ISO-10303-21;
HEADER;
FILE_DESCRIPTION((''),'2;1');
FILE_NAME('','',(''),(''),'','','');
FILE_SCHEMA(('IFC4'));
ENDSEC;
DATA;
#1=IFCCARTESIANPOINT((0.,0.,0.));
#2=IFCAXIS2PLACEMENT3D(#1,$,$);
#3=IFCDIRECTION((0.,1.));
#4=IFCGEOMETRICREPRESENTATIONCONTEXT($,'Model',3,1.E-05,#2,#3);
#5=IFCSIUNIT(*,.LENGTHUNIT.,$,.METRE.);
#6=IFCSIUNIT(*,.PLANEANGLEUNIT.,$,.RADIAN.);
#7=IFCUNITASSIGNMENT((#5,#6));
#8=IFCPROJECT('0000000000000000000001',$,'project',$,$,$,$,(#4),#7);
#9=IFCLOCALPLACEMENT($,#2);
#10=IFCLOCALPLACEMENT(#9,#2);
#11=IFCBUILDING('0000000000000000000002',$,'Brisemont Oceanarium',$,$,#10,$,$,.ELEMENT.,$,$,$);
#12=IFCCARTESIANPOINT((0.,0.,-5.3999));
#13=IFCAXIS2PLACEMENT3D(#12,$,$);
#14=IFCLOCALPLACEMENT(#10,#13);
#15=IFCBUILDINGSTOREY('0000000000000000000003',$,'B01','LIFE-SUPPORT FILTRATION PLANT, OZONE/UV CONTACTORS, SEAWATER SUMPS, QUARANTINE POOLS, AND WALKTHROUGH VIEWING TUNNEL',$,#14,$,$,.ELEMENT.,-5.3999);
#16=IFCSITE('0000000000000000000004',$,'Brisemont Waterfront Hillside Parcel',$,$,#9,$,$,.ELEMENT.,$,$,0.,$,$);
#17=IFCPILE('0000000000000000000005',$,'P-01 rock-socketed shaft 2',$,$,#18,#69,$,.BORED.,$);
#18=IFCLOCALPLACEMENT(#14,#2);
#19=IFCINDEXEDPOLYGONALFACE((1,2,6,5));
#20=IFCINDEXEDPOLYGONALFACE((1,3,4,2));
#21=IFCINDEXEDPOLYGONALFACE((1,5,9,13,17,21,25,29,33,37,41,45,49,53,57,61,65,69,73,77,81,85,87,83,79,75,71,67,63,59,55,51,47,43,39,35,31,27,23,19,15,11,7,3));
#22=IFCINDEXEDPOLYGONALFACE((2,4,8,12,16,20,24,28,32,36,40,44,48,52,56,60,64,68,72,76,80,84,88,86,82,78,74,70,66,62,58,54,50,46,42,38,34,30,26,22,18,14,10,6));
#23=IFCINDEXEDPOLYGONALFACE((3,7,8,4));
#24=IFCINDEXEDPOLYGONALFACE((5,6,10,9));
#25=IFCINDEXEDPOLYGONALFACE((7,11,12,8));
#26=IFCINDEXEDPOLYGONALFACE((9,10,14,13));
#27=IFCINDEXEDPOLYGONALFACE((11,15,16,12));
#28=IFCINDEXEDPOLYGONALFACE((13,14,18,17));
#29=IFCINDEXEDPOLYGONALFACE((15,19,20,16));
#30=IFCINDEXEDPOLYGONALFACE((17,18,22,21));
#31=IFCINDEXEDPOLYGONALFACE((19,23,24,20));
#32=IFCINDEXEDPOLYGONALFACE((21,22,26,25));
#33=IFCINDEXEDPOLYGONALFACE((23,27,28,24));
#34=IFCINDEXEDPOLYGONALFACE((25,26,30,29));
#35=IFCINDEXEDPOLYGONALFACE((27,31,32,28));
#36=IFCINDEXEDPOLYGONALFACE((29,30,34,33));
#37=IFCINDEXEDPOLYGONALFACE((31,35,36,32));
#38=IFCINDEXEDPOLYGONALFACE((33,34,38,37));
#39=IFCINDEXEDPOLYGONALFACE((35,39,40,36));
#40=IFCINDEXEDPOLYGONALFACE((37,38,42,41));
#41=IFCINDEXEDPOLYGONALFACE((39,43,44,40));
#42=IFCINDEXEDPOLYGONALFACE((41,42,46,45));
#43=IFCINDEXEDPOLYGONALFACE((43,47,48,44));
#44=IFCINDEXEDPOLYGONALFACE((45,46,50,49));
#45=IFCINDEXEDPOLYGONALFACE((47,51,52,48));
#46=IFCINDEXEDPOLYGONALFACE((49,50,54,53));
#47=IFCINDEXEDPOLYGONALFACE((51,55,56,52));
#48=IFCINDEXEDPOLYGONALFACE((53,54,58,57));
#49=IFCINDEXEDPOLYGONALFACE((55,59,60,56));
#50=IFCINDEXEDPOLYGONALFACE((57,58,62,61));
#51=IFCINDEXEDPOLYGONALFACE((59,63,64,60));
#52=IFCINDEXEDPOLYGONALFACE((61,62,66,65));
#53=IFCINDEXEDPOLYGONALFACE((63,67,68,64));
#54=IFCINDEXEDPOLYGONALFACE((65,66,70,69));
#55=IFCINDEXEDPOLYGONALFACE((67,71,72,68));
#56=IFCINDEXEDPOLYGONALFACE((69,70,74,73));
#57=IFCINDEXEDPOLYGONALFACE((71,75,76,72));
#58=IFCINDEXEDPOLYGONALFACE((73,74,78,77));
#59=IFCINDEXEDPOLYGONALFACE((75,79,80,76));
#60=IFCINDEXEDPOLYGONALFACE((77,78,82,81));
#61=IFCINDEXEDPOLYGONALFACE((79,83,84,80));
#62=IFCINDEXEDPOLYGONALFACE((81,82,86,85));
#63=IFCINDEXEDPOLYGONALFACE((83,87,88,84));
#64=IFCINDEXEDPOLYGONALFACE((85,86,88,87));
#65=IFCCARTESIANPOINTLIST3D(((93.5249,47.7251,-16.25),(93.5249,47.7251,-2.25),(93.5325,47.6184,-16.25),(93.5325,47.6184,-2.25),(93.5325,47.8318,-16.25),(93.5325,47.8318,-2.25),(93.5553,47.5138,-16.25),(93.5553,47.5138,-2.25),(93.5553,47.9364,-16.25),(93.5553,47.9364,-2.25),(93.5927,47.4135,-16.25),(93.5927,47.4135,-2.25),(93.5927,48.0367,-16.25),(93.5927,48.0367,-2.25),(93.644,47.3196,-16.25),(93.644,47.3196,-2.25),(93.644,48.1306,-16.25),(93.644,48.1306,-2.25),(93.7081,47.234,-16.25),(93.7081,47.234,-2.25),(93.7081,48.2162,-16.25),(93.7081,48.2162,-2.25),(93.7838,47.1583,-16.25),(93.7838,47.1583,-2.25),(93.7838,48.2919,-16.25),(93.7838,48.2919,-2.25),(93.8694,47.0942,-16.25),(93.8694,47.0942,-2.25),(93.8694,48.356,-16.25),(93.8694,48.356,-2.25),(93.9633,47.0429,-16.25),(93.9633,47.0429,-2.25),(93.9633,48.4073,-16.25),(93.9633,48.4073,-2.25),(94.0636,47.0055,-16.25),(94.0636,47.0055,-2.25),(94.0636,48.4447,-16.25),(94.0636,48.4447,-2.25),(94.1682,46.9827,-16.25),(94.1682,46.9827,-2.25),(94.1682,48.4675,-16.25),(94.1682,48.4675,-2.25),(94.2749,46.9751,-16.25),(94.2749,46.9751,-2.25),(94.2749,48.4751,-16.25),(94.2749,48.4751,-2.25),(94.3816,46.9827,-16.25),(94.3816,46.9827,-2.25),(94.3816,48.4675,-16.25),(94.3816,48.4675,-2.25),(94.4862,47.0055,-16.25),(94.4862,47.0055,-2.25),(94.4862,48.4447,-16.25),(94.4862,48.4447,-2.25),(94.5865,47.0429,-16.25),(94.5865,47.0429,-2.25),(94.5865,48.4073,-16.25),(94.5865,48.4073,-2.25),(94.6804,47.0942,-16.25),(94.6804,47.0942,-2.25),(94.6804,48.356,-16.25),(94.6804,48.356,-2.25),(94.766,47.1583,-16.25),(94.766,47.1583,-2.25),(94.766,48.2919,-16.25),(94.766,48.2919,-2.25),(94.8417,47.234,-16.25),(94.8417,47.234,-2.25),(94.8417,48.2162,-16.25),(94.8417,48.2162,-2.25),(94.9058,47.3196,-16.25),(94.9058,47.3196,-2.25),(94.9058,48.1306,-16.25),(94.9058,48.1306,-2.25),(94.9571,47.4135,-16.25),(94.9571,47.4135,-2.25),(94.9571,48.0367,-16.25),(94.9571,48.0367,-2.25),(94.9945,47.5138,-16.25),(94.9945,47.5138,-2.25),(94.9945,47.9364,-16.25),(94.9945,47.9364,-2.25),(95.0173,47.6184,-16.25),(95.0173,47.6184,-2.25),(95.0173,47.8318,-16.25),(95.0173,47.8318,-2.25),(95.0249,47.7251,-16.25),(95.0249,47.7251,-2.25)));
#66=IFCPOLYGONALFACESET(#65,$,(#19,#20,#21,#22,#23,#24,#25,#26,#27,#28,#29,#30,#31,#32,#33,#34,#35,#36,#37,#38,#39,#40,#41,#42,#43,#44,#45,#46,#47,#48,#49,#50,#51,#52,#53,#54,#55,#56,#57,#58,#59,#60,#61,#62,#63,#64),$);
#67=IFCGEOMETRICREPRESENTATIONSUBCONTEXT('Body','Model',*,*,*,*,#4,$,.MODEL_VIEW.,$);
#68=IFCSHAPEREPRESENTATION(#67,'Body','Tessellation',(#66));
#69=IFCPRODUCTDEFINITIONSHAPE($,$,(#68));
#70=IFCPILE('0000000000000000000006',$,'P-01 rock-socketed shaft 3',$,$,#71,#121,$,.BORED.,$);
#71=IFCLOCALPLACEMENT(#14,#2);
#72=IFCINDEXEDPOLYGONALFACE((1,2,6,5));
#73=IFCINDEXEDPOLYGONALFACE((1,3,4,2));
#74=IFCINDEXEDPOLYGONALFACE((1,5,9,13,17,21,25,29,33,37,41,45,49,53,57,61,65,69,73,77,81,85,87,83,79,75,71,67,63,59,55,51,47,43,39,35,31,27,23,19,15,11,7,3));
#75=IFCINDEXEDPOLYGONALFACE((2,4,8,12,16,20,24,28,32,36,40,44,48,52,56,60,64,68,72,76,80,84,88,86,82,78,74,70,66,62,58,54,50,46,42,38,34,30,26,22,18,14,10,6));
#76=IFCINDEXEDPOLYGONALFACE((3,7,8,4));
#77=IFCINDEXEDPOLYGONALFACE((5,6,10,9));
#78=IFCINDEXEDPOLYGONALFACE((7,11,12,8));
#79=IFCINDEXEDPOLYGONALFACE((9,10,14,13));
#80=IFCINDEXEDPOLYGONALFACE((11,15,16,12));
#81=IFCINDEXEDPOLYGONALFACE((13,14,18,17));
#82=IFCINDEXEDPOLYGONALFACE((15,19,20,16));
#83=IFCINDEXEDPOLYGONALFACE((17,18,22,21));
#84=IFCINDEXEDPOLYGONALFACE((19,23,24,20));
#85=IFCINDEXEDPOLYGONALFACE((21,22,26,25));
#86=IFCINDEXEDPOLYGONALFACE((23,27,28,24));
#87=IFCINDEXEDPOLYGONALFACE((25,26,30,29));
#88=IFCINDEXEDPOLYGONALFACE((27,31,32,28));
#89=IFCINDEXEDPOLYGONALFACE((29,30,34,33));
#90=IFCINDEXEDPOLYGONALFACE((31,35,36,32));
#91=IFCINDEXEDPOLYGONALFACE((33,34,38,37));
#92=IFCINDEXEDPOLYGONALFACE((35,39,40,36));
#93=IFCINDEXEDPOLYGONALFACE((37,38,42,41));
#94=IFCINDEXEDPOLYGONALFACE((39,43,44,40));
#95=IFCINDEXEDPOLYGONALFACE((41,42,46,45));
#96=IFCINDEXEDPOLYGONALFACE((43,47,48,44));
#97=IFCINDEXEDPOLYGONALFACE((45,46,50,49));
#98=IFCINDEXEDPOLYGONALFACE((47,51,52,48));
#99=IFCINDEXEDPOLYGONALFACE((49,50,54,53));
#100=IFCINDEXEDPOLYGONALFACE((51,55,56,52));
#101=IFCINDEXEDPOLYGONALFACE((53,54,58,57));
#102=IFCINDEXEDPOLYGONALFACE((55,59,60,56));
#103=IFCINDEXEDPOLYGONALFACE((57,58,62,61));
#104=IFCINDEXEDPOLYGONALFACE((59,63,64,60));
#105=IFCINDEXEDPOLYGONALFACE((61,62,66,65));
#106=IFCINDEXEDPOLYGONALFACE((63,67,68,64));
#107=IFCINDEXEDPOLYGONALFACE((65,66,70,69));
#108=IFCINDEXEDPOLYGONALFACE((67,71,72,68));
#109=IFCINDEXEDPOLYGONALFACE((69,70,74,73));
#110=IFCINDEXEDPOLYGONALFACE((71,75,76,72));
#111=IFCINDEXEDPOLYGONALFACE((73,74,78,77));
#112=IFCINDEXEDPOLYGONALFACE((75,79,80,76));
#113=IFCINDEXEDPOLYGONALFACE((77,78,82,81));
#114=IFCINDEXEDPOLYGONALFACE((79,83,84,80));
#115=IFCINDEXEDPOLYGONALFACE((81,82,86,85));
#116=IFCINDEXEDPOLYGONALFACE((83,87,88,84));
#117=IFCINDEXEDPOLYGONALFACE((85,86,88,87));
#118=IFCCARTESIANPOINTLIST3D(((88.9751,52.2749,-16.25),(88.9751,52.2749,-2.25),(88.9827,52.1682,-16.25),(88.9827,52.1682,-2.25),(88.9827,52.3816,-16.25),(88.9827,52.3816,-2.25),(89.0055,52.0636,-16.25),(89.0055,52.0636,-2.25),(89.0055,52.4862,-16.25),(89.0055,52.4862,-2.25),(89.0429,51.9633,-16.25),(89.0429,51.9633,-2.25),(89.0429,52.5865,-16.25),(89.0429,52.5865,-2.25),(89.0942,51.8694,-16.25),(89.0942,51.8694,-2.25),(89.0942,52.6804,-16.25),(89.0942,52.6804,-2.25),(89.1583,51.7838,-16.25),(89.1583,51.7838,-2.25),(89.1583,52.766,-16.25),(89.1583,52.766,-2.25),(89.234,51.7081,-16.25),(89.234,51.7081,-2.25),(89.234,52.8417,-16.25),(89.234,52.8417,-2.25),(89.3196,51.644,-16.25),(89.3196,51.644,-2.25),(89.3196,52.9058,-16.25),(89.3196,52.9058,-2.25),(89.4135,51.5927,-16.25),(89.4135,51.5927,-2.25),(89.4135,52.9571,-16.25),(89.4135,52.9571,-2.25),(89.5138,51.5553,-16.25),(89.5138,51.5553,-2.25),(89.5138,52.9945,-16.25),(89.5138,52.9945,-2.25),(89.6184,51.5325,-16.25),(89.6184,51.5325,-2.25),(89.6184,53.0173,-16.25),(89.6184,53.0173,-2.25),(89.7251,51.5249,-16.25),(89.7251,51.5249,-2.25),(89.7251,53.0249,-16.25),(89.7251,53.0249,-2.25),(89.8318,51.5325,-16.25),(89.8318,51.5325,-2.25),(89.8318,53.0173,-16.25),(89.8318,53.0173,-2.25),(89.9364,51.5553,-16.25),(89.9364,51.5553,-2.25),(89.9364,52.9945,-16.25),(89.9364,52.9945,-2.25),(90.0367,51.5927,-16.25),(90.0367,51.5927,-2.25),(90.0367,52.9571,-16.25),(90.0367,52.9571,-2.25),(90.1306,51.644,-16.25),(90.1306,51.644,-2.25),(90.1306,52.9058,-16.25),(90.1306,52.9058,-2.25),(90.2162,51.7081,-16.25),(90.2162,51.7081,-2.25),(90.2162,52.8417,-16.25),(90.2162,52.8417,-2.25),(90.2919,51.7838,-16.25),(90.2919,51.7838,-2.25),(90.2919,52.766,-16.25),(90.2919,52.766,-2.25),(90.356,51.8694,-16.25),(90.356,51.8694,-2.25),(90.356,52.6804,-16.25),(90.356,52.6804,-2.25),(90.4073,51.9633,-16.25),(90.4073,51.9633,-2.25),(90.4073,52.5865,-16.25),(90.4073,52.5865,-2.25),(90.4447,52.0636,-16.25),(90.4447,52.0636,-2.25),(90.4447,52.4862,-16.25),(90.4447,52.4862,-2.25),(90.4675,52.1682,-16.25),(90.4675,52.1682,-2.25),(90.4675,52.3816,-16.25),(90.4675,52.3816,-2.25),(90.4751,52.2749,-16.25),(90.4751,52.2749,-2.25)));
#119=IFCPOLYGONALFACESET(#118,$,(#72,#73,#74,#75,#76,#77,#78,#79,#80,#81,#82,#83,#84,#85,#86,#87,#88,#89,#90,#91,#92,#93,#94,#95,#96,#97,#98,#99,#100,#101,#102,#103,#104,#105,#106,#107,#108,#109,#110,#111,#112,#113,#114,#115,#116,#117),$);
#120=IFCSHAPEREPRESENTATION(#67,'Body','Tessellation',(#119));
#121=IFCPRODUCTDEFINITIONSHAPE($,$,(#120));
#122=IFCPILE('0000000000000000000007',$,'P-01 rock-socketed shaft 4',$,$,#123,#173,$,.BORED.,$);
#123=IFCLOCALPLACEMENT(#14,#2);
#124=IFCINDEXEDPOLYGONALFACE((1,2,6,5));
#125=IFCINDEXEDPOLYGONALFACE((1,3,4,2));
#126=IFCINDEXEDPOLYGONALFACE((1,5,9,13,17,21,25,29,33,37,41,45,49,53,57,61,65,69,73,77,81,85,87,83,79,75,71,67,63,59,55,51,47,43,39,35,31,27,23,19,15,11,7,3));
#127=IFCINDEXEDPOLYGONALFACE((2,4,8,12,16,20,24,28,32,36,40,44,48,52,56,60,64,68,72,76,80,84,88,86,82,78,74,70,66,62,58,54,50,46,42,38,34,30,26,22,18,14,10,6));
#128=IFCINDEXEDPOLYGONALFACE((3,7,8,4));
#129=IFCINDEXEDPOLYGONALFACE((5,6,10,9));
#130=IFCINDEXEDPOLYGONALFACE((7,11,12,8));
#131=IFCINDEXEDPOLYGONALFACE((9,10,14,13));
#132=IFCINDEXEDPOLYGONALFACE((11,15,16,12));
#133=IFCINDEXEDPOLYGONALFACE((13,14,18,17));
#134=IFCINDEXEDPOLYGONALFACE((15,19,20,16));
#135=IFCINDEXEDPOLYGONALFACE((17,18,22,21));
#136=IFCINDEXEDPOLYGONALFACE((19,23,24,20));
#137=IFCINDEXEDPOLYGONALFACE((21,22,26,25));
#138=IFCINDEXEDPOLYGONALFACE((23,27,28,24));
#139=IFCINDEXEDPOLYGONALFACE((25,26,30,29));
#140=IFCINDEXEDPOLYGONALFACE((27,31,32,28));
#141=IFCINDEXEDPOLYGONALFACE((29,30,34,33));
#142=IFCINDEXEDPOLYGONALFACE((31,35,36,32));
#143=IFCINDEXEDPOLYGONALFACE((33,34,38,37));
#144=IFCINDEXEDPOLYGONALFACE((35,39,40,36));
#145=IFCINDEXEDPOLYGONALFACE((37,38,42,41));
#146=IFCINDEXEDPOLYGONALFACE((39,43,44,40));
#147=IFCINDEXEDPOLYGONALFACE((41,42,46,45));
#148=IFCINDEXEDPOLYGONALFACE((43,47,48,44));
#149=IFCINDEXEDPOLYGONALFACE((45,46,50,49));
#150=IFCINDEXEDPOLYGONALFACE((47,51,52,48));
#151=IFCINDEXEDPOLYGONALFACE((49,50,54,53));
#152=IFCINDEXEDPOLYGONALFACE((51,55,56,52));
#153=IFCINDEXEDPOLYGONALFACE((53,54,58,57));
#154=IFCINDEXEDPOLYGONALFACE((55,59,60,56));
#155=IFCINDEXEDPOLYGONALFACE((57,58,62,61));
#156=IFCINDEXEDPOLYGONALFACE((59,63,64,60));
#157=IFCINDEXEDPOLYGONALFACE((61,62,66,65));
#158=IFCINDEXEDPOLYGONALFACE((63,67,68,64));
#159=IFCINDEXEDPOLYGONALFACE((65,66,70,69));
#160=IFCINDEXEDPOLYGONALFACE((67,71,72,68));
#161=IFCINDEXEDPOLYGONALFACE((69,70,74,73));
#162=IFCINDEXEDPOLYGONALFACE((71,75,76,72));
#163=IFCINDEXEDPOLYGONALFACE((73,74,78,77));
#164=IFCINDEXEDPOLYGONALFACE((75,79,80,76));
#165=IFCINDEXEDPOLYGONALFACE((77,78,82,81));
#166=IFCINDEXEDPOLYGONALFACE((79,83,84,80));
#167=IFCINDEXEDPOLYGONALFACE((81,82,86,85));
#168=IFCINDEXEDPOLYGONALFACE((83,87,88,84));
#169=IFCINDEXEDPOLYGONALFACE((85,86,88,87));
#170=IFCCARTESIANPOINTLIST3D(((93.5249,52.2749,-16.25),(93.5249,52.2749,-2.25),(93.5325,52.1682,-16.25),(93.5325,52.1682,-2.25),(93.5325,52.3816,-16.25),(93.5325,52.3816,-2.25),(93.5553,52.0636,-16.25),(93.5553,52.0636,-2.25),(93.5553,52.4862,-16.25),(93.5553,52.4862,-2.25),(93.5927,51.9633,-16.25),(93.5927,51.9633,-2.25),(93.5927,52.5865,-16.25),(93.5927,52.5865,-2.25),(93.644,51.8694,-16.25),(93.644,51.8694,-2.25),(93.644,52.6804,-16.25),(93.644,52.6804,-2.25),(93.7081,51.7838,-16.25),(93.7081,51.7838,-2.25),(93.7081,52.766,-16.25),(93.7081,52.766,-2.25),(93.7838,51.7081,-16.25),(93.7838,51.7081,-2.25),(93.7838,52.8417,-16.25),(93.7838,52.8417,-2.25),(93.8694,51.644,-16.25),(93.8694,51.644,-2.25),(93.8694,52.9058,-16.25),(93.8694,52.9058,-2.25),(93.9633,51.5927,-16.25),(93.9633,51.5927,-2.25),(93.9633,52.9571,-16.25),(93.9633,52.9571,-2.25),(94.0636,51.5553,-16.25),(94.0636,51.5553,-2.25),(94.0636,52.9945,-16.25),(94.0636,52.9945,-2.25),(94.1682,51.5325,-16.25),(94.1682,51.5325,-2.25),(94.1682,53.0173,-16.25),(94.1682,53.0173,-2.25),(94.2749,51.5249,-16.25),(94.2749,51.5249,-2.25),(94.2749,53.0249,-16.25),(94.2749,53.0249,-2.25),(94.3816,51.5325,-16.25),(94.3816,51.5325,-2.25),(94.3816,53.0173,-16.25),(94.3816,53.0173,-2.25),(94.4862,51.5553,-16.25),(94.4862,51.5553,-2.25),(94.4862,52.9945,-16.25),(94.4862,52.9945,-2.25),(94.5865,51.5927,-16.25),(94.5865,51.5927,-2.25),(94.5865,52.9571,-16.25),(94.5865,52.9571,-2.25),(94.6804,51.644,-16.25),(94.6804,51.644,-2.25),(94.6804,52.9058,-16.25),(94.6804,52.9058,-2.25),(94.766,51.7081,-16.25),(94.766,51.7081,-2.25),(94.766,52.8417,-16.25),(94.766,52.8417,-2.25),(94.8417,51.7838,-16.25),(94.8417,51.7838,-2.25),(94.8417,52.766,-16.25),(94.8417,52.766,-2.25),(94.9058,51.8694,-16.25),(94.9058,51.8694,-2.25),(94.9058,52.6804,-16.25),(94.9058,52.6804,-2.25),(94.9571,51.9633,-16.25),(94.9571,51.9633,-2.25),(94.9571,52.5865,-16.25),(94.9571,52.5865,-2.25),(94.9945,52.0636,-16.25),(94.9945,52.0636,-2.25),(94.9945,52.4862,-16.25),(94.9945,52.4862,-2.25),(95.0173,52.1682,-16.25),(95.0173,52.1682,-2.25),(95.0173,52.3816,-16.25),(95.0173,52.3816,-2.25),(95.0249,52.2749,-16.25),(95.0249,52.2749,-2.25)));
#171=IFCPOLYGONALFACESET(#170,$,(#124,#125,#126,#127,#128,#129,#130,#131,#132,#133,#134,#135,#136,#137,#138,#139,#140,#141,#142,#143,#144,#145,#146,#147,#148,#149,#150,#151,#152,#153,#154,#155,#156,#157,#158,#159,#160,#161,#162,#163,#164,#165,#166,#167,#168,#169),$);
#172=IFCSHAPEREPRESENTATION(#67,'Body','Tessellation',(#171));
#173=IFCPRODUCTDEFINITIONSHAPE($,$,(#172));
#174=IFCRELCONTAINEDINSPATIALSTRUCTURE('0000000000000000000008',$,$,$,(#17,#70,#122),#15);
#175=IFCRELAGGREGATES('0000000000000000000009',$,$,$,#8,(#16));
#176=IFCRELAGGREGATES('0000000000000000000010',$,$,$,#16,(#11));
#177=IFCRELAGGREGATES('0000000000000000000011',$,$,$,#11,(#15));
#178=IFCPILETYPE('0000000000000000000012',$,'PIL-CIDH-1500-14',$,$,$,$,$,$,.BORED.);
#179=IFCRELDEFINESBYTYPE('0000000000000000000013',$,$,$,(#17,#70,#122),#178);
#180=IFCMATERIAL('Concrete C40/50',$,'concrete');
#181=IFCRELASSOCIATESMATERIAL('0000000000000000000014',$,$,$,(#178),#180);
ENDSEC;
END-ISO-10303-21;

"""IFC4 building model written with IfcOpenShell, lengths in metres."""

from ifc_helpers import new_model, si_unit, direction, frame, origin, origin_2d, place, context, subcontext, project, spatial, circle, extrude, material, material_profile, profile_set, type_object, element, save


model = new_model("IFC4")

# Units and contexts
model_context = context("Model", 3, precision=1e-05, world=origin(), true_north=direction((0.0, 1.0)))
body_context = subcontext(model_context, "Body", "Model", "MODEL_VIEW")
ifc_project = project(units=[si_unit("LENGTHUNIT", "METRE"), si_unit("PLANEANGLEUNIT", "RADIAN")], contexts=[model_context])

# Site, building, storey
site_placement = place(None, origin())
site = spatial("IfcSite", under=ifc_project, at=site_placement, Name="Brisemont Waterfront Hillside Parcel", CompositionType="ELEMENT", RefElevation=0.0)
building_placement = place(site_placement, origin())
building = spatial("IfcBuilding", under=site, at=building_placement, Name="Brisemont Oceanarium", CompositionType="ELEMENT")
storey_placement = place(building_placement, frame((0.0, 0.0, -5.3999)))
storey = spatial("IfcBuildingStorey", under=building, at=storey_placement, Name="B01", Description="LIFE-SUPPORT FILTRATION PLANT, OZONE/UV CONTACTORS, SEAWATER SUMPS, QUARANTINE POOLS, AND WALKTHROUGH VIEWING TUNNEL", CompositionType="ELEMENT", Elevation=-5.3999)

# Piles
ifc_material_1 = material(Name="Concrete C40/50", Category="concrete")
ifc_material_profile_1 = material_profile(ifc_material_1, circle(Radius=0.75, at=origin_2d()), Name="CIDH-D1500")
ifc_profile_set_1 = profile_set([ifc_material_profile_1], Name="Concrete C40/50")
pile_type = type_object("IfcPileType", Name="PIL-CIDH-1500-14", PredefinedType="BORED", material=ifc_profile_set_1)
for number, where, z_axis, x_axis, name in (
    (1, (94.2749, 47.7251, -2.25), (0.0, 0.0, -1.0), (1.0, 0.0, 0.0), "P-01 rock-socketed shaft 2"),
    (2, (89.7251, 52.2749, -2.25), (0.0, 0.0, -1.0), (1.0, 0.0, 0.0), "P-01 rock-socketed shaft 3"),
    (3, (94.2749, 52.2749, -2.25), (0.0, 0.0, -1.0), (1.0, 0.0, 0.0), "P-01 rock-socketed shaft 4"),
):
    element("IfcPile", number, at=place(storey_placement, frame(where, z_axis=z_axis, x_axis=x_axis)), inside=storey, type_object=pile_type, Name=name, PredefinedType="BORED", context=body_context, shape_type="SweptSolid", body=[
        extrude(circle(Radius=0.75, at=origin_2d()), origin(), (0.0, 0.0, 1.0), 14.0),
    ])

save(model, "model.ifc")
